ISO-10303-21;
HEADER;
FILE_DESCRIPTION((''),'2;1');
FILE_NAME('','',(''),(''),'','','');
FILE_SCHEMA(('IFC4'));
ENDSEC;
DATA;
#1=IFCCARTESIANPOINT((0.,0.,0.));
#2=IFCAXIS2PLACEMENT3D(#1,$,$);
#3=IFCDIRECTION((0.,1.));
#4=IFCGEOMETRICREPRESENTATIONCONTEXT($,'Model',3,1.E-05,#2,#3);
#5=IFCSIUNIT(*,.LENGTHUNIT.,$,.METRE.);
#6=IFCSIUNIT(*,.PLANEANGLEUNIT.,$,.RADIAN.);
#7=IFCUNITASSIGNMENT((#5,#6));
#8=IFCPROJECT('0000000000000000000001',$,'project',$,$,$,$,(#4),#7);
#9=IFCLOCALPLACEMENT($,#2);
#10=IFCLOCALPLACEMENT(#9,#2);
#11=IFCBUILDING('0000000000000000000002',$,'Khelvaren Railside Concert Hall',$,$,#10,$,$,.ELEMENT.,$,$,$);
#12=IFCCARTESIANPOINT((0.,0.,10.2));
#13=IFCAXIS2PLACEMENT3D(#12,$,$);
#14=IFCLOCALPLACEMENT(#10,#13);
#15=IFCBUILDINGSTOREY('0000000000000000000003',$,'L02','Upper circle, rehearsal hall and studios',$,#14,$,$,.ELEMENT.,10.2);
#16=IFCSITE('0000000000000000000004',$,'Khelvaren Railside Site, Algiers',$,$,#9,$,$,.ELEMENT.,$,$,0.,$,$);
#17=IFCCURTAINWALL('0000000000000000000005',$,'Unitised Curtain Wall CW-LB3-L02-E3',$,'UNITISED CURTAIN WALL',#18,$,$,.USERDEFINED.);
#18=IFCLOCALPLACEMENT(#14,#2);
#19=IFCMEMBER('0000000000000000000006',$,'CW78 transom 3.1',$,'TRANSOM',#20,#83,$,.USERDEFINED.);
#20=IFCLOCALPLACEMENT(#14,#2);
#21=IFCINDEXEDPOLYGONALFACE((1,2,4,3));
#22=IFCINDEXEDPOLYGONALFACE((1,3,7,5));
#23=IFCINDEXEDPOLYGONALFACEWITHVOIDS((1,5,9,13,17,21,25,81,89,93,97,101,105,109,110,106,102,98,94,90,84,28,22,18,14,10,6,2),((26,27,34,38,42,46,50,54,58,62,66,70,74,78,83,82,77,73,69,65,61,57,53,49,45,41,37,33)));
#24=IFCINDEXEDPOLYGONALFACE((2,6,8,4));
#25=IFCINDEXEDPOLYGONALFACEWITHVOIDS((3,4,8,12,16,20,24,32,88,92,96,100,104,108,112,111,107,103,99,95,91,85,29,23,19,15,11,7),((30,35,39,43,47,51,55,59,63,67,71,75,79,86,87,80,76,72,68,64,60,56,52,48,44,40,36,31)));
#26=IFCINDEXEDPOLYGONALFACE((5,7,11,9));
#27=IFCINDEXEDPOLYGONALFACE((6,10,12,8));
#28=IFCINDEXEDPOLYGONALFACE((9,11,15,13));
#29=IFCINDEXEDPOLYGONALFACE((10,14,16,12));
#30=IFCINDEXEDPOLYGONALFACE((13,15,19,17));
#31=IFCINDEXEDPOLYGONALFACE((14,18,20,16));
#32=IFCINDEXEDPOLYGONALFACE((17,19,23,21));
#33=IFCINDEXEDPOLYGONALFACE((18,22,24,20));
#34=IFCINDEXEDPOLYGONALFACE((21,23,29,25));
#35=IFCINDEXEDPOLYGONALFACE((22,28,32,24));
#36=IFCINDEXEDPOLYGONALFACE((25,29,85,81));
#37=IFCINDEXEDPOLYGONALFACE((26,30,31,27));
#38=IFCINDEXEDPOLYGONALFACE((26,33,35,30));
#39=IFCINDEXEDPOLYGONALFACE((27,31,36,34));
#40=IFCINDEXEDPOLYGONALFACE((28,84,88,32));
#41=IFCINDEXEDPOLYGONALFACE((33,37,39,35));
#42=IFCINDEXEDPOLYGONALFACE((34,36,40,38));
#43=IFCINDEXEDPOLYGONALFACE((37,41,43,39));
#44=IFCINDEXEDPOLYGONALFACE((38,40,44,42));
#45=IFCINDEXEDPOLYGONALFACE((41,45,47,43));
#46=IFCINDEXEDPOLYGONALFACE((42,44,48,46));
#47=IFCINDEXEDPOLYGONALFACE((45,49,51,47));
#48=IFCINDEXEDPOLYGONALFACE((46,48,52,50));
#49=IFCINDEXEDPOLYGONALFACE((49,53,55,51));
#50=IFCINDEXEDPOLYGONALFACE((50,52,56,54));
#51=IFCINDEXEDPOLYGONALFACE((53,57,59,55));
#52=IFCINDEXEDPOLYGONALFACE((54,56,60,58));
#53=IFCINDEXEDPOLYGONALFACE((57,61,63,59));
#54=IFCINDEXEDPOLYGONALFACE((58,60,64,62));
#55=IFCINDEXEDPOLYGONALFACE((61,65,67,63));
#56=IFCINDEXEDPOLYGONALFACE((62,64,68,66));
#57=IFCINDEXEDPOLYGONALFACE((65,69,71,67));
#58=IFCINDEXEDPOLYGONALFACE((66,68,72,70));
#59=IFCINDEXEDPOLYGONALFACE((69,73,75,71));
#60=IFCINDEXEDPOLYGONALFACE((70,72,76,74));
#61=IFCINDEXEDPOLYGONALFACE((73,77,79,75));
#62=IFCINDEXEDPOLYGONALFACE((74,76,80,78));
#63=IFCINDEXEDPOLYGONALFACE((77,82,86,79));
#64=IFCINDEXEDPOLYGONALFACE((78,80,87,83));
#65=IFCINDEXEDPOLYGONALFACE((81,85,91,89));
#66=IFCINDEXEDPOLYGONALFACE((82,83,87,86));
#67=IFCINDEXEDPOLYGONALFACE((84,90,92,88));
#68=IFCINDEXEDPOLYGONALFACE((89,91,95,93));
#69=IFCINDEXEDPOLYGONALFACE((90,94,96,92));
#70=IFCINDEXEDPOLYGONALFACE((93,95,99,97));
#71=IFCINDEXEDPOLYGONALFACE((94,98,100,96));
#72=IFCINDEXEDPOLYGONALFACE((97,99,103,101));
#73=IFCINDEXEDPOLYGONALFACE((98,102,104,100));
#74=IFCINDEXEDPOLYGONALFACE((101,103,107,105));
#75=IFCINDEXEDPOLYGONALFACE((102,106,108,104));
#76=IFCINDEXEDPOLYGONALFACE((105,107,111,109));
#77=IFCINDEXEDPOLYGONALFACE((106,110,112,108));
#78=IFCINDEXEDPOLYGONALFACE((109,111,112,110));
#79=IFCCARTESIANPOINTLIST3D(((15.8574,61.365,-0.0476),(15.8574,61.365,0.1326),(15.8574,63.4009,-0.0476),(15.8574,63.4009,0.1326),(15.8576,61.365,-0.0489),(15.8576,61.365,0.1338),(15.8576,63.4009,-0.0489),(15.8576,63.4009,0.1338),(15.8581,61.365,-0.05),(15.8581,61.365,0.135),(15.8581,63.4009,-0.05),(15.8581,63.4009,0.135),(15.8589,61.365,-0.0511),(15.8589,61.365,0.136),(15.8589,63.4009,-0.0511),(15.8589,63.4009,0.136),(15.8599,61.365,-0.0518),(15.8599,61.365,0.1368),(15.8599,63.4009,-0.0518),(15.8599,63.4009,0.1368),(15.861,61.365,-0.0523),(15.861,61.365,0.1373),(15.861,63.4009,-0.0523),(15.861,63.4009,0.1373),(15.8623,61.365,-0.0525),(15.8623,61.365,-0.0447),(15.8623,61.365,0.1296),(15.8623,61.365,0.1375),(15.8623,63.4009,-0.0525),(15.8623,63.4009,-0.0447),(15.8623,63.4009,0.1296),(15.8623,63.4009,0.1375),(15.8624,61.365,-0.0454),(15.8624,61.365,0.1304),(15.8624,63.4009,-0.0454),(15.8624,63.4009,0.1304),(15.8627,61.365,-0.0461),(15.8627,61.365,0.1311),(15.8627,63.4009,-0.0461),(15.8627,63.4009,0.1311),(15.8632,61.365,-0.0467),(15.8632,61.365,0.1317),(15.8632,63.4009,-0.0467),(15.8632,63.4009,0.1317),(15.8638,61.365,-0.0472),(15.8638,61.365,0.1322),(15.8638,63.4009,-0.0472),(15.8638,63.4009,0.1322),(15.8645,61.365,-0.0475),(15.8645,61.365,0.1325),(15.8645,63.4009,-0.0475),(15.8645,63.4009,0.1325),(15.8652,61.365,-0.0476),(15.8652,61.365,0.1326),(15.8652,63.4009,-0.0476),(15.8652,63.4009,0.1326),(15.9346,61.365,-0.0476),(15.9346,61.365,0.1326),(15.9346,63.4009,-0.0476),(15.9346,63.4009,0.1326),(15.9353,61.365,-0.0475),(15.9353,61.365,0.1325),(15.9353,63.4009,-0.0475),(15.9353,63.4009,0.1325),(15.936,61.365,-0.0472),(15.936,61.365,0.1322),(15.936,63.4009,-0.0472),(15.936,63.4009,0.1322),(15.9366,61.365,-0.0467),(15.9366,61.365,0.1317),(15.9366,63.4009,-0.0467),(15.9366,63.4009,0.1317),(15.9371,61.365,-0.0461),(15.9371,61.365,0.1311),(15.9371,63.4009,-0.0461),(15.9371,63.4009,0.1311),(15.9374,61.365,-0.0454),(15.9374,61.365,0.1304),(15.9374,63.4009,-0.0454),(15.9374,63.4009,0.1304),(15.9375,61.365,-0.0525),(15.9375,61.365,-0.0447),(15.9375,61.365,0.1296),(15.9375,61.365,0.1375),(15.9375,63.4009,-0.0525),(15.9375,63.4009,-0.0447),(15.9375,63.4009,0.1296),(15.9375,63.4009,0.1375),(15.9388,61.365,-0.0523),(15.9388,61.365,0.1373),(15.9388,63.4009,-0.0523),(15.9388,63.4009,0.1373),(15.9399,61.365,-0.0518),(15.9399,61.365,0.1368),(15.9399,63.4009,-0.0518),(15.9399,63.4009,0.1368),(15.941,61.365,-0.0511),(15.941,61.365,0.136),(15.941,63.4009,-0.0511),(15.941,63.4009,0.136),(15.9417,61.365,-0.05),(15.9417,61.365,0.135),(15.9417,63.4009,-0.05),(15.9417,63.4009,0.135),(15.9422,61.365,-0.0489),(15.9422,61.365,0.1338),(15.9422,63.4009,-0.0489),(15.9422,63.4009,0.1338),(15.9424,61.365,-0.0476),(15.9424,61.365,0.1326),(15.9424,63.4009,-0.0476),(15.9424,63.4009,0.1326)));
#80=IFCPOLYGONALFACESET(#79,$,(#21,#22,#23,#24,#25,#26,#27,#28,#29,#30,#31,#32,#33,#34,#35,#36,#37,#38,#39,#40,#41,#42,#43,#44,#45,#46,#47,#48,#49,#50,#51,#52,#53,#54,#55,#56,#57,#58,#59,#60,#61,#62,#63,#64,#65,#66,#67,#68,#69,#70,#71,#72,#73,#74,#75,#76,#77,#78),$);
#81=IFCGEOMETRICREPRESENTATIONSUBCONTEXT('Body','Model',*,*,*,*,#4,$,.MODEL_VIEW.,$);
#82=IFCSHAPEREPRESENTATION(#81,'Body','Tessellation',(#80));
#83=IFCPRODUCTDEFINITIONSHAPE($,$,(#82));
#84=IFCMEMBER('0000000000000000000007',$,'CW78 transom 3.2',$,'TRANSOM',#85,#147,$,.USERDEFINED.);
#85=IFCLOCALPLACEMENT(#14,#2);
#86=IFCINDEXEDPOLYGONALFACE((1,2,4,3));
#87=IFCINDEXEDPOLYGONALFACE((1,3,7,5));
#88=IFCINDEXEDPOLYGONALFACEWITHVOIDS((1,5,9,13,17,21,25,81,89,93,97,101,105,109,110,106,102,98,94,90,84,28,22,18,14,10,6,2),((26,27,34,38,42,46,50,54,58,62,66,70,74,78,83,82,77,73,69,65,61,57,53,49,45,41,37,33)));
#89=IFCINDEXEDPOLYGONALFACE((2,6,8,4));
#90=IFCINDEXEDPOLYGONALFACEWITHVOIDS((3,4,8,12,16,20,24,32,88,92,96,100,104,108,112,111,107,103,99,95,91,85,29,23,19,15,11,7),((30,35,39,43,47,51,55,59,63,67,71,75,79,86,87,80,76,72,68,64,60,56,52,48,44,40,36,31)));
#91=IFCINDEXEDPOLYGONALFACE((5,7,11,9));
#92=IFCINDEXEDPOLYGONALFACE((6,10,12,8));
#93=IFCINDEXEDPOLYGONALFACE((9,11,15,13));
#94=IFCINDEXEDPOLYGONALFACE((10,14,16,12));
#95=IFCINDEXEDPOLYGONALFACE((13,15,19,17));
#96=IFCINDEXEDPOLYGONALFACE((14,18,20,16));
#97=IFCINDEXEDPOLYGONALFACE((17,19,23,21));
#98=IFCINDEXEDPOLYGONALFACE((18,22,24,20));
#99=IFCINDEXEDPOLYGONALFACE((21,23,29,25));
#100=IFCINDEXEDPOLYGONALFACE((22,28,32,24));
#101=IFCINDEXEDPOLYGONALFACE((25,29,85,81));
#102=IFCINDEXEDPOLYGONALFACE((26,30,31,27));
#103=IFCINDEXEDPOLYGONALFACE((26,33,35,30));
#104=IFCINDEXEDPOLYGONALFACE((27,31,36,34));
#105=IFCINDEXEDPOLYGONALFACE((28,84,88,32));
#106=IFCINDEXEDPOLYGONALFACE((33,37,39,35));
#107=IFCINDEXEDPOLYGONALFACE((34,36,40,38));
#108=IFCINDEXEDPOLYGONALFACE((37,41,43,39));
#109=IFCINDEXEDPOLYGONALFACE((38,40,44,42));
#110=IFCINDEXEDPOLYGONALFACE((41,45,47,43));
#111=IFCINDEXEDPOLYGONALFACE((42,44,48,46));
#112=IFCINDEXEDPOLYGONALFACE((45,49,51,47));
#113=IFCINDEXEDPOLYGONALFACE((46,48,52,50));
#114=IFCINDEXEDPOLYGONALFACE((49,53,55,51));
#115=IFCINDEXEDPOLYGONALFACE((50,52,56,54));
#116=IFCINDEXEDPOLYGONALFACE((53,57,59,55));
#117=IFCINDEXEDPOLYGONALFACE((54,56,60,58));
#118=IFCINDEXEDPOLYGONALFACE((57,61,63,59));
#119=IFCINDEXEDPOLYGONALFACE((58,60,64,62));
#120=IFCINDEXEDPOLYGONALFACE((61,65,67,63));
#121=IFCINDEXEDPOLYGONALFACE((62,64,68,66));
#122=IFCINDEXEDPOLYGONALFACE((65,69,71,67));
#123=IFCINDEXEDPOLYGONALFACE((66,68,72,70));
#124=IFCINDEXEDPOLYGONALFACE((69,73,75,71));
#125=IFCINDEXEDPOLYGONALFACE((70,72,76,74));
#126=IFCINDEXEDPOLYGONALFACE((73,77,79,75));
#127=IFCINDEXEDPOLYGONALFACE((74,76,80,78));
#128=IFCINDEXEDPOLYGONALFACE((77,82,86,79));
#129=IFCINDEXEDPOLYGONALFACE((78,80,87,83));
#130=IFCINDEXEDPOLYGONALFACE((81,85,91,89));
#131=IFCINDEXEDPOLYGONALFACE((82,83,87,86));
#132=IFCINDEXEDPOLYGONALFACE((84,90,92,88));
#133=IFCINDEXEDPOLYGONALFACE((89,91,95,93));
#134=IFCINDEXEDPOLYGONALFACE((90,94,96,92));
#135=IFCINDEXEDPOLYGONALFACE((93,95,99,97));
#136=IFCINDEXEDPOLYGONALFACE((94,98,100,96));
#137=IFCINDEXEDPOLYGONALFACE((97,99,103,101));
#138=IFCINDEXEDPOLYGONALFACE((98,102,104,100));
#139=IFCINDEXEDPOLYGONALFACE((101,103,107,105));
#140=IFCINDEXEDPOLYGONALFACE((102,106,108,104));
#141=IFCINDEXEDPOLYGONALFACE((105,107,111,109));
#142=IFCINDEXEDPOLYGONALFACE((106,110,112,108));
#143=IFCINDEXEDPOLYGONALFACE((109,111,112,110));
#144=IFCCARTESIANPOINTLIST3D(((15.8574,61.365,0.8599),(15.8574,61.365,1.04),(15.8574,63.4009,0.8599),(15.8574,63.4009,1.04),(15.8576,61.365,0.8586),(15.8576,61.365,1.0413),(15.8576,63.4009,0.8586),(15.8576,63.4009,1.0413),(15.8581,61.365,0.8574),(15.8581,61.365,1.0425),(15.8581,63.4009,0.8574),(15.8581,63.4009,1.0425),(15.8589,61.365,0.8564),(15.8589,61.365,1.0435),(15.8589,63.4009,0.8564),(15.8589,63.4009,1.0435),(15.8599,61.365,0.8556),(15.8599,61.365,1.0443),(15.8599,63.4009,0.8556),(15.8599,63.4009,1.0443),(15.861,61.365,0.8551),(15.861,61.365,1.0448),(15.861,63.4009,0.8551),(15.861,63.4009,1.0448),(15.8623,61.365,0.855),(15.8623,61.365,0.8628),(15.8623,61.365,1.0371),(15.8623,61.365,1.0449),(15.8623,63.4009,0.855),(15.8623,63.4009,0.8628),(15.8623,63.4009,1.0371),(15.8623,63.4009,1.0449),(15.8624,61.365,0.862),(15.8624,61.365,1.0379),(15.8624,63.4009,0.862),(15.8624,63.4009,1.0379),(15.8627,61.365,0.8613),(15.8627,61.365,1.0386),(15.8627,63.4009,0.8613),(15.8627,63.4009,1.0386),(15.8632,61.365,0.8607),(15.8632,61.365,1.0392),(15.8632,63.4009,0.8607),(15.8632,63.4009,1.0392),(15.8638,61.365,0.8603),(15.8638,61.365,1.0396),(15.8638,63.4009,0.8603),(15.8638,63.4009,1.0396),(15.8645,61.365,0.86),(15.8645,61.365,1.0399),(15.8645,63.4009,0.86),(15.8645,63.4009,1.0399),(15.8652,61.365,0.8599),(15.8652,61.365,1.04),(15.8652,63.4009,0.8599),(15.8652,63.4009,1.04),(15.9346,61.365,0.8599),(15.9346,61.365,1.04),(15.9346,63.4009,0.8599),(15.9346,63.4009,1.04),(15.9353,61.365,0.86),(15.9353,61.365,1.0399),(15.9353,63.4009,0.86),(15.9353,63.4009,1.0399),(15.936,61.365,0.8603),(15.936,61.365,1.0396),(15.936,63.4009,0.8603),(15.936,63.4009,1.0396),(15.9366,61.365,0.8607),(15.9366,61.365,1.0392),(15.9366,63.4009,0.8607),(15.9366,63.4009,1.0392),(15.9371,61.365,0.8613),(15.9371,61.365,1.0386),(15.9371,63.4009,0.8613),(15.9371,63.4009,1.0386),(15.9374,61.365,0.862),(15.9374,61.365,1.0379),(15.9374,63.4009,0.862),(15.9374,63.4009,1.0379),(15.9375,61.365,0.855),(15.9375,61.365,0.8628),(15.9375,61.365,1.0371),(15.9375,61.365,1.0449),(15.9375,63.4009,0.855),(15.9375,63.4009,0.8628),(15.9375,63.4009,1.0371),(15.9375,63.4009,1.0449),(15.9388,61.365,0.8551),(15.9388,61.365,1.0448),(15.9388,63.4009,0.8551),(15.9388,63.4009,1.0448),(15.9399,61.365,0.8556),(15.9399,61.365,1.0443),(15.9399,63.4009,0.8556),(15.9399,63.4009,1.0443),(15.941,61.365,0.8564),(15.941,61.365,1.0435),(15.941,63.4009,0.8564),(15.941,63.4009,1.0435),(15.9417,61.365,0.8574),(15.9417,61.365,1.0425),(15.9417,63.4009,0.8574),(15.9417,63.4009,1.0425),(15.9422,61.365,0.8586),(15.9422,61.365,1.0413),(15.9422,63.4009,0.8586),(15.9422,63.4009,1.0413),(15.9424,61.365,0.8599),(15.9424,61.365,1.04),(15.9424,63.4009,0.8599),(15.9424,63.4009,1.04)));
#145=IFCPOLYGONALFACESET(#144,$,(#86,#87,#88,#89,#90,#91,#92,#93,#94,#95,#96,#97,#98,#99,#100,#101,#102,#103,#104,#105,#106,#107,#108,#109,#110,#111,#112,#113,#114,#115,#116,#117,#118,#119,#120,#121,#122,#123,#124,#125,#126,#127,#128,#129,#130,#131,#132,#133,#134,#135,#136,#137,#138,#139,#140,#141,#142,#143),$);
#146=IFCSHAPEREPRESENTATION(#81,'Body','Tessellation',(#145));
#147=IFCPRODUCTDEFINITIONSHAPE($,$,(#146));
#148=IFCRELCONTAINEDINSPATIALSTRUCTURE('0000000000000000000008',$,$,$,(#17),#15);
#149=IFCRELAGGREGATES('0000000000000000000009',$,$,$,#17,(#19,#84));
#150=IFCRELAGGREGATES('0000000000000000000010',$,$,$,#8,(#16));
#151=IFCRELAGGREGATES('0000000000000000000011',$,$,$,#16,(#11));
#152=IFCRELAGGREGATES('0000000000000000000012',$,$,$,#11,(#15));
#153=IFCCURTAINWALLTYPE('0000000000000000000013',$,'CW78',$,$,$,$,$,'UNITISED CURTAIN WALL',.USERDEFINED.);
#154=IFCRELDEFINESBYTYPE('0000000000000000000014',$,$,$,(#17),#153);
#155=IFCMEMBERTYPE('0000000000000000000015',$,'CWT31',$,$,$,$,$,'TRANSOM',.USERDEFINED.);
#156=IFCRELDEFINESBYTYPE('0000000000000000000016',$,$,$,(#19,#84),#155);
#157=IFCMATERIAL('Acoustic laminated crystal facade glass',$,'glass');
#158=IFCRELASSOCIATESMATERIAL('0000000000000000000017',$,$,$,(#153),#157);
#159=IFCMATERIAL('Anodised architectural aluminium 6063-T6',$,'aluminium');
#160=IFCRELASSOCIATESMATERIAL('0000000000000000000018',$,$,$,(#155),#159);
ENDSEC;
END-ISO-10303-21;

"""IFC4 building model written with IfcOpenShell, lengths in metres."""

from ifc_helpers import new_model, si_unit, direction, frame, origin, origin_2d, place, context, subcontext, project, spatial, hollow_rectangle, extrude, material, material_profile, profile_set, type_object, element, aggregate, save


model = new_model("IFC4")

# Units and contexts
model_context = context("Model", 3, precision=1e-05, world=origin(), true_north=direction((0.0, 1.0)))
body_context = subcontext(model_context, "Body", "Model", "MODEL_VIEW")
ifc_project = project(units=[si_unit("LENGTHUNIT", "METRE"), si_unit("PLANEANGLEUNIT", "RADIAN")], contexts=[model_context])

# Site, building, storey
site_placement = place(None, origin())
site = spatial("IfcSite", under=ifc_project, at=site_placement, Name="Khelvaren Railside Site, Algiers", CompositionType="ELEMENT", RefElevation=0.0)
building_placement = place(site_placement, origin())
building = spatial("IfcBuilding", under=site, at=building_placement, Name="Khelvaren Railside Concert Hall", CompositionType="ELEMENT")
storey_placement = place(building_placement, frame((0.0, 0.0, 10.2)))
storey = spatial("IfcBuildingStorey", under=building, at=storey_placement, Name="L02", Description="Upper circle, rehearsal hall and studios", CompositionType="ELEMENT", Elevation=10.2)

# Curtain wall, members
ifc_material_1 = material(Name="Acoustic laminated crystal facade glass", Category="glass")
curtain_wall_type = type_object("IfcCurtainWallType", Name="CW78", ElementType="UNITISED CURTAIN WALL", PredefinedType="USERDEFINED", material=ifc_material_1)
curtain_wall_placement = place(storey_placement, origin())
curtain_wall = element("IfcCurtainWall", 1, at=curtain_wall_placement, inside=storey, type_object=curtain_wall_type, Name="Unitised Curtain Wall CW-LB3-L02-E3", ObjectType="UNITISED CURTAIN WALL", PredefinedType="USERDEFINED")
ifc_material_2 = material(Name="Anodised architectural aluminium 6063-T6", Category="aluminium")
ifc_material_profile_1 = material_profile(ifc_material_2, hollow_rectangle(XDim=0.085, YDim=0.1899, WallThickness=0.0049, InnerFilletRadius=0.0029, OuterFilletRadius=0.0049, at=origin_2d()), Name="CWT 85x190x5")
ifc_profile_set_1 = profile_set([ifc_material_profile_1], Name="Anodised architectural aluminium 6063-T6")
member_type_1 = type_object("IfcMemberType", Name="CWT31", ElementType="TRANSOM", PredefinedType="USERDEFINED", material=ifc_profile_set_1)
member_1_placement = place(storey_placement, frame((15.8999, 63.4009, 0.0425), z_axis=(0.0, -1.0, 0.0), x_axis=(1.0, 0.0, 0.0)))
member_1 = element("IfcMember", 2, at=member_1_placement, type_object=member_type_1, Name="CW78 transom 3.1", ObjectType="TRANSOM", PredefinedType="USERDEFINED", context=body_context, shape_type="SweptSolid", body=[
    extrude(hollow_rectangle(XDim=0.085, YDim=0.1899, WallThickness=0.0049, InnerFilletRadius=0.0029, OuterFilletRadius=0.0049, at=origin_2d()), origin(), (0.0, 0.0, 1.0), 2.0359),
])
member_2_placement = place(storey_placement, frame((15.8999, 63.4009, 0.95), z_axis=(0.0, -1.0, 0.0), x_axis=(1.0, 0.0, 0.0)))
member_2 = element("IfcMember", 3, at=member_2_placement, type_object=member_type_1, Name="CW78 transom 3.2", ObjectType="TRANSOM", PredefinedType="USERDEFINED", context=body_context, shape_type="SweptSolid", body=[
    extrude(hollow_rectangle(XDim=0.085, YDim=0.1899, WallThickness=0.0049, InnerFilletRadius=0.0029, OuterFilletRadius=0.0049, at=origin_2d()), origin(), (0.0, 0.0, 1.0), 2.0359),
])

aggregate(curtain_wall, [member_1, member_2])

save(model, "model.ifc")
